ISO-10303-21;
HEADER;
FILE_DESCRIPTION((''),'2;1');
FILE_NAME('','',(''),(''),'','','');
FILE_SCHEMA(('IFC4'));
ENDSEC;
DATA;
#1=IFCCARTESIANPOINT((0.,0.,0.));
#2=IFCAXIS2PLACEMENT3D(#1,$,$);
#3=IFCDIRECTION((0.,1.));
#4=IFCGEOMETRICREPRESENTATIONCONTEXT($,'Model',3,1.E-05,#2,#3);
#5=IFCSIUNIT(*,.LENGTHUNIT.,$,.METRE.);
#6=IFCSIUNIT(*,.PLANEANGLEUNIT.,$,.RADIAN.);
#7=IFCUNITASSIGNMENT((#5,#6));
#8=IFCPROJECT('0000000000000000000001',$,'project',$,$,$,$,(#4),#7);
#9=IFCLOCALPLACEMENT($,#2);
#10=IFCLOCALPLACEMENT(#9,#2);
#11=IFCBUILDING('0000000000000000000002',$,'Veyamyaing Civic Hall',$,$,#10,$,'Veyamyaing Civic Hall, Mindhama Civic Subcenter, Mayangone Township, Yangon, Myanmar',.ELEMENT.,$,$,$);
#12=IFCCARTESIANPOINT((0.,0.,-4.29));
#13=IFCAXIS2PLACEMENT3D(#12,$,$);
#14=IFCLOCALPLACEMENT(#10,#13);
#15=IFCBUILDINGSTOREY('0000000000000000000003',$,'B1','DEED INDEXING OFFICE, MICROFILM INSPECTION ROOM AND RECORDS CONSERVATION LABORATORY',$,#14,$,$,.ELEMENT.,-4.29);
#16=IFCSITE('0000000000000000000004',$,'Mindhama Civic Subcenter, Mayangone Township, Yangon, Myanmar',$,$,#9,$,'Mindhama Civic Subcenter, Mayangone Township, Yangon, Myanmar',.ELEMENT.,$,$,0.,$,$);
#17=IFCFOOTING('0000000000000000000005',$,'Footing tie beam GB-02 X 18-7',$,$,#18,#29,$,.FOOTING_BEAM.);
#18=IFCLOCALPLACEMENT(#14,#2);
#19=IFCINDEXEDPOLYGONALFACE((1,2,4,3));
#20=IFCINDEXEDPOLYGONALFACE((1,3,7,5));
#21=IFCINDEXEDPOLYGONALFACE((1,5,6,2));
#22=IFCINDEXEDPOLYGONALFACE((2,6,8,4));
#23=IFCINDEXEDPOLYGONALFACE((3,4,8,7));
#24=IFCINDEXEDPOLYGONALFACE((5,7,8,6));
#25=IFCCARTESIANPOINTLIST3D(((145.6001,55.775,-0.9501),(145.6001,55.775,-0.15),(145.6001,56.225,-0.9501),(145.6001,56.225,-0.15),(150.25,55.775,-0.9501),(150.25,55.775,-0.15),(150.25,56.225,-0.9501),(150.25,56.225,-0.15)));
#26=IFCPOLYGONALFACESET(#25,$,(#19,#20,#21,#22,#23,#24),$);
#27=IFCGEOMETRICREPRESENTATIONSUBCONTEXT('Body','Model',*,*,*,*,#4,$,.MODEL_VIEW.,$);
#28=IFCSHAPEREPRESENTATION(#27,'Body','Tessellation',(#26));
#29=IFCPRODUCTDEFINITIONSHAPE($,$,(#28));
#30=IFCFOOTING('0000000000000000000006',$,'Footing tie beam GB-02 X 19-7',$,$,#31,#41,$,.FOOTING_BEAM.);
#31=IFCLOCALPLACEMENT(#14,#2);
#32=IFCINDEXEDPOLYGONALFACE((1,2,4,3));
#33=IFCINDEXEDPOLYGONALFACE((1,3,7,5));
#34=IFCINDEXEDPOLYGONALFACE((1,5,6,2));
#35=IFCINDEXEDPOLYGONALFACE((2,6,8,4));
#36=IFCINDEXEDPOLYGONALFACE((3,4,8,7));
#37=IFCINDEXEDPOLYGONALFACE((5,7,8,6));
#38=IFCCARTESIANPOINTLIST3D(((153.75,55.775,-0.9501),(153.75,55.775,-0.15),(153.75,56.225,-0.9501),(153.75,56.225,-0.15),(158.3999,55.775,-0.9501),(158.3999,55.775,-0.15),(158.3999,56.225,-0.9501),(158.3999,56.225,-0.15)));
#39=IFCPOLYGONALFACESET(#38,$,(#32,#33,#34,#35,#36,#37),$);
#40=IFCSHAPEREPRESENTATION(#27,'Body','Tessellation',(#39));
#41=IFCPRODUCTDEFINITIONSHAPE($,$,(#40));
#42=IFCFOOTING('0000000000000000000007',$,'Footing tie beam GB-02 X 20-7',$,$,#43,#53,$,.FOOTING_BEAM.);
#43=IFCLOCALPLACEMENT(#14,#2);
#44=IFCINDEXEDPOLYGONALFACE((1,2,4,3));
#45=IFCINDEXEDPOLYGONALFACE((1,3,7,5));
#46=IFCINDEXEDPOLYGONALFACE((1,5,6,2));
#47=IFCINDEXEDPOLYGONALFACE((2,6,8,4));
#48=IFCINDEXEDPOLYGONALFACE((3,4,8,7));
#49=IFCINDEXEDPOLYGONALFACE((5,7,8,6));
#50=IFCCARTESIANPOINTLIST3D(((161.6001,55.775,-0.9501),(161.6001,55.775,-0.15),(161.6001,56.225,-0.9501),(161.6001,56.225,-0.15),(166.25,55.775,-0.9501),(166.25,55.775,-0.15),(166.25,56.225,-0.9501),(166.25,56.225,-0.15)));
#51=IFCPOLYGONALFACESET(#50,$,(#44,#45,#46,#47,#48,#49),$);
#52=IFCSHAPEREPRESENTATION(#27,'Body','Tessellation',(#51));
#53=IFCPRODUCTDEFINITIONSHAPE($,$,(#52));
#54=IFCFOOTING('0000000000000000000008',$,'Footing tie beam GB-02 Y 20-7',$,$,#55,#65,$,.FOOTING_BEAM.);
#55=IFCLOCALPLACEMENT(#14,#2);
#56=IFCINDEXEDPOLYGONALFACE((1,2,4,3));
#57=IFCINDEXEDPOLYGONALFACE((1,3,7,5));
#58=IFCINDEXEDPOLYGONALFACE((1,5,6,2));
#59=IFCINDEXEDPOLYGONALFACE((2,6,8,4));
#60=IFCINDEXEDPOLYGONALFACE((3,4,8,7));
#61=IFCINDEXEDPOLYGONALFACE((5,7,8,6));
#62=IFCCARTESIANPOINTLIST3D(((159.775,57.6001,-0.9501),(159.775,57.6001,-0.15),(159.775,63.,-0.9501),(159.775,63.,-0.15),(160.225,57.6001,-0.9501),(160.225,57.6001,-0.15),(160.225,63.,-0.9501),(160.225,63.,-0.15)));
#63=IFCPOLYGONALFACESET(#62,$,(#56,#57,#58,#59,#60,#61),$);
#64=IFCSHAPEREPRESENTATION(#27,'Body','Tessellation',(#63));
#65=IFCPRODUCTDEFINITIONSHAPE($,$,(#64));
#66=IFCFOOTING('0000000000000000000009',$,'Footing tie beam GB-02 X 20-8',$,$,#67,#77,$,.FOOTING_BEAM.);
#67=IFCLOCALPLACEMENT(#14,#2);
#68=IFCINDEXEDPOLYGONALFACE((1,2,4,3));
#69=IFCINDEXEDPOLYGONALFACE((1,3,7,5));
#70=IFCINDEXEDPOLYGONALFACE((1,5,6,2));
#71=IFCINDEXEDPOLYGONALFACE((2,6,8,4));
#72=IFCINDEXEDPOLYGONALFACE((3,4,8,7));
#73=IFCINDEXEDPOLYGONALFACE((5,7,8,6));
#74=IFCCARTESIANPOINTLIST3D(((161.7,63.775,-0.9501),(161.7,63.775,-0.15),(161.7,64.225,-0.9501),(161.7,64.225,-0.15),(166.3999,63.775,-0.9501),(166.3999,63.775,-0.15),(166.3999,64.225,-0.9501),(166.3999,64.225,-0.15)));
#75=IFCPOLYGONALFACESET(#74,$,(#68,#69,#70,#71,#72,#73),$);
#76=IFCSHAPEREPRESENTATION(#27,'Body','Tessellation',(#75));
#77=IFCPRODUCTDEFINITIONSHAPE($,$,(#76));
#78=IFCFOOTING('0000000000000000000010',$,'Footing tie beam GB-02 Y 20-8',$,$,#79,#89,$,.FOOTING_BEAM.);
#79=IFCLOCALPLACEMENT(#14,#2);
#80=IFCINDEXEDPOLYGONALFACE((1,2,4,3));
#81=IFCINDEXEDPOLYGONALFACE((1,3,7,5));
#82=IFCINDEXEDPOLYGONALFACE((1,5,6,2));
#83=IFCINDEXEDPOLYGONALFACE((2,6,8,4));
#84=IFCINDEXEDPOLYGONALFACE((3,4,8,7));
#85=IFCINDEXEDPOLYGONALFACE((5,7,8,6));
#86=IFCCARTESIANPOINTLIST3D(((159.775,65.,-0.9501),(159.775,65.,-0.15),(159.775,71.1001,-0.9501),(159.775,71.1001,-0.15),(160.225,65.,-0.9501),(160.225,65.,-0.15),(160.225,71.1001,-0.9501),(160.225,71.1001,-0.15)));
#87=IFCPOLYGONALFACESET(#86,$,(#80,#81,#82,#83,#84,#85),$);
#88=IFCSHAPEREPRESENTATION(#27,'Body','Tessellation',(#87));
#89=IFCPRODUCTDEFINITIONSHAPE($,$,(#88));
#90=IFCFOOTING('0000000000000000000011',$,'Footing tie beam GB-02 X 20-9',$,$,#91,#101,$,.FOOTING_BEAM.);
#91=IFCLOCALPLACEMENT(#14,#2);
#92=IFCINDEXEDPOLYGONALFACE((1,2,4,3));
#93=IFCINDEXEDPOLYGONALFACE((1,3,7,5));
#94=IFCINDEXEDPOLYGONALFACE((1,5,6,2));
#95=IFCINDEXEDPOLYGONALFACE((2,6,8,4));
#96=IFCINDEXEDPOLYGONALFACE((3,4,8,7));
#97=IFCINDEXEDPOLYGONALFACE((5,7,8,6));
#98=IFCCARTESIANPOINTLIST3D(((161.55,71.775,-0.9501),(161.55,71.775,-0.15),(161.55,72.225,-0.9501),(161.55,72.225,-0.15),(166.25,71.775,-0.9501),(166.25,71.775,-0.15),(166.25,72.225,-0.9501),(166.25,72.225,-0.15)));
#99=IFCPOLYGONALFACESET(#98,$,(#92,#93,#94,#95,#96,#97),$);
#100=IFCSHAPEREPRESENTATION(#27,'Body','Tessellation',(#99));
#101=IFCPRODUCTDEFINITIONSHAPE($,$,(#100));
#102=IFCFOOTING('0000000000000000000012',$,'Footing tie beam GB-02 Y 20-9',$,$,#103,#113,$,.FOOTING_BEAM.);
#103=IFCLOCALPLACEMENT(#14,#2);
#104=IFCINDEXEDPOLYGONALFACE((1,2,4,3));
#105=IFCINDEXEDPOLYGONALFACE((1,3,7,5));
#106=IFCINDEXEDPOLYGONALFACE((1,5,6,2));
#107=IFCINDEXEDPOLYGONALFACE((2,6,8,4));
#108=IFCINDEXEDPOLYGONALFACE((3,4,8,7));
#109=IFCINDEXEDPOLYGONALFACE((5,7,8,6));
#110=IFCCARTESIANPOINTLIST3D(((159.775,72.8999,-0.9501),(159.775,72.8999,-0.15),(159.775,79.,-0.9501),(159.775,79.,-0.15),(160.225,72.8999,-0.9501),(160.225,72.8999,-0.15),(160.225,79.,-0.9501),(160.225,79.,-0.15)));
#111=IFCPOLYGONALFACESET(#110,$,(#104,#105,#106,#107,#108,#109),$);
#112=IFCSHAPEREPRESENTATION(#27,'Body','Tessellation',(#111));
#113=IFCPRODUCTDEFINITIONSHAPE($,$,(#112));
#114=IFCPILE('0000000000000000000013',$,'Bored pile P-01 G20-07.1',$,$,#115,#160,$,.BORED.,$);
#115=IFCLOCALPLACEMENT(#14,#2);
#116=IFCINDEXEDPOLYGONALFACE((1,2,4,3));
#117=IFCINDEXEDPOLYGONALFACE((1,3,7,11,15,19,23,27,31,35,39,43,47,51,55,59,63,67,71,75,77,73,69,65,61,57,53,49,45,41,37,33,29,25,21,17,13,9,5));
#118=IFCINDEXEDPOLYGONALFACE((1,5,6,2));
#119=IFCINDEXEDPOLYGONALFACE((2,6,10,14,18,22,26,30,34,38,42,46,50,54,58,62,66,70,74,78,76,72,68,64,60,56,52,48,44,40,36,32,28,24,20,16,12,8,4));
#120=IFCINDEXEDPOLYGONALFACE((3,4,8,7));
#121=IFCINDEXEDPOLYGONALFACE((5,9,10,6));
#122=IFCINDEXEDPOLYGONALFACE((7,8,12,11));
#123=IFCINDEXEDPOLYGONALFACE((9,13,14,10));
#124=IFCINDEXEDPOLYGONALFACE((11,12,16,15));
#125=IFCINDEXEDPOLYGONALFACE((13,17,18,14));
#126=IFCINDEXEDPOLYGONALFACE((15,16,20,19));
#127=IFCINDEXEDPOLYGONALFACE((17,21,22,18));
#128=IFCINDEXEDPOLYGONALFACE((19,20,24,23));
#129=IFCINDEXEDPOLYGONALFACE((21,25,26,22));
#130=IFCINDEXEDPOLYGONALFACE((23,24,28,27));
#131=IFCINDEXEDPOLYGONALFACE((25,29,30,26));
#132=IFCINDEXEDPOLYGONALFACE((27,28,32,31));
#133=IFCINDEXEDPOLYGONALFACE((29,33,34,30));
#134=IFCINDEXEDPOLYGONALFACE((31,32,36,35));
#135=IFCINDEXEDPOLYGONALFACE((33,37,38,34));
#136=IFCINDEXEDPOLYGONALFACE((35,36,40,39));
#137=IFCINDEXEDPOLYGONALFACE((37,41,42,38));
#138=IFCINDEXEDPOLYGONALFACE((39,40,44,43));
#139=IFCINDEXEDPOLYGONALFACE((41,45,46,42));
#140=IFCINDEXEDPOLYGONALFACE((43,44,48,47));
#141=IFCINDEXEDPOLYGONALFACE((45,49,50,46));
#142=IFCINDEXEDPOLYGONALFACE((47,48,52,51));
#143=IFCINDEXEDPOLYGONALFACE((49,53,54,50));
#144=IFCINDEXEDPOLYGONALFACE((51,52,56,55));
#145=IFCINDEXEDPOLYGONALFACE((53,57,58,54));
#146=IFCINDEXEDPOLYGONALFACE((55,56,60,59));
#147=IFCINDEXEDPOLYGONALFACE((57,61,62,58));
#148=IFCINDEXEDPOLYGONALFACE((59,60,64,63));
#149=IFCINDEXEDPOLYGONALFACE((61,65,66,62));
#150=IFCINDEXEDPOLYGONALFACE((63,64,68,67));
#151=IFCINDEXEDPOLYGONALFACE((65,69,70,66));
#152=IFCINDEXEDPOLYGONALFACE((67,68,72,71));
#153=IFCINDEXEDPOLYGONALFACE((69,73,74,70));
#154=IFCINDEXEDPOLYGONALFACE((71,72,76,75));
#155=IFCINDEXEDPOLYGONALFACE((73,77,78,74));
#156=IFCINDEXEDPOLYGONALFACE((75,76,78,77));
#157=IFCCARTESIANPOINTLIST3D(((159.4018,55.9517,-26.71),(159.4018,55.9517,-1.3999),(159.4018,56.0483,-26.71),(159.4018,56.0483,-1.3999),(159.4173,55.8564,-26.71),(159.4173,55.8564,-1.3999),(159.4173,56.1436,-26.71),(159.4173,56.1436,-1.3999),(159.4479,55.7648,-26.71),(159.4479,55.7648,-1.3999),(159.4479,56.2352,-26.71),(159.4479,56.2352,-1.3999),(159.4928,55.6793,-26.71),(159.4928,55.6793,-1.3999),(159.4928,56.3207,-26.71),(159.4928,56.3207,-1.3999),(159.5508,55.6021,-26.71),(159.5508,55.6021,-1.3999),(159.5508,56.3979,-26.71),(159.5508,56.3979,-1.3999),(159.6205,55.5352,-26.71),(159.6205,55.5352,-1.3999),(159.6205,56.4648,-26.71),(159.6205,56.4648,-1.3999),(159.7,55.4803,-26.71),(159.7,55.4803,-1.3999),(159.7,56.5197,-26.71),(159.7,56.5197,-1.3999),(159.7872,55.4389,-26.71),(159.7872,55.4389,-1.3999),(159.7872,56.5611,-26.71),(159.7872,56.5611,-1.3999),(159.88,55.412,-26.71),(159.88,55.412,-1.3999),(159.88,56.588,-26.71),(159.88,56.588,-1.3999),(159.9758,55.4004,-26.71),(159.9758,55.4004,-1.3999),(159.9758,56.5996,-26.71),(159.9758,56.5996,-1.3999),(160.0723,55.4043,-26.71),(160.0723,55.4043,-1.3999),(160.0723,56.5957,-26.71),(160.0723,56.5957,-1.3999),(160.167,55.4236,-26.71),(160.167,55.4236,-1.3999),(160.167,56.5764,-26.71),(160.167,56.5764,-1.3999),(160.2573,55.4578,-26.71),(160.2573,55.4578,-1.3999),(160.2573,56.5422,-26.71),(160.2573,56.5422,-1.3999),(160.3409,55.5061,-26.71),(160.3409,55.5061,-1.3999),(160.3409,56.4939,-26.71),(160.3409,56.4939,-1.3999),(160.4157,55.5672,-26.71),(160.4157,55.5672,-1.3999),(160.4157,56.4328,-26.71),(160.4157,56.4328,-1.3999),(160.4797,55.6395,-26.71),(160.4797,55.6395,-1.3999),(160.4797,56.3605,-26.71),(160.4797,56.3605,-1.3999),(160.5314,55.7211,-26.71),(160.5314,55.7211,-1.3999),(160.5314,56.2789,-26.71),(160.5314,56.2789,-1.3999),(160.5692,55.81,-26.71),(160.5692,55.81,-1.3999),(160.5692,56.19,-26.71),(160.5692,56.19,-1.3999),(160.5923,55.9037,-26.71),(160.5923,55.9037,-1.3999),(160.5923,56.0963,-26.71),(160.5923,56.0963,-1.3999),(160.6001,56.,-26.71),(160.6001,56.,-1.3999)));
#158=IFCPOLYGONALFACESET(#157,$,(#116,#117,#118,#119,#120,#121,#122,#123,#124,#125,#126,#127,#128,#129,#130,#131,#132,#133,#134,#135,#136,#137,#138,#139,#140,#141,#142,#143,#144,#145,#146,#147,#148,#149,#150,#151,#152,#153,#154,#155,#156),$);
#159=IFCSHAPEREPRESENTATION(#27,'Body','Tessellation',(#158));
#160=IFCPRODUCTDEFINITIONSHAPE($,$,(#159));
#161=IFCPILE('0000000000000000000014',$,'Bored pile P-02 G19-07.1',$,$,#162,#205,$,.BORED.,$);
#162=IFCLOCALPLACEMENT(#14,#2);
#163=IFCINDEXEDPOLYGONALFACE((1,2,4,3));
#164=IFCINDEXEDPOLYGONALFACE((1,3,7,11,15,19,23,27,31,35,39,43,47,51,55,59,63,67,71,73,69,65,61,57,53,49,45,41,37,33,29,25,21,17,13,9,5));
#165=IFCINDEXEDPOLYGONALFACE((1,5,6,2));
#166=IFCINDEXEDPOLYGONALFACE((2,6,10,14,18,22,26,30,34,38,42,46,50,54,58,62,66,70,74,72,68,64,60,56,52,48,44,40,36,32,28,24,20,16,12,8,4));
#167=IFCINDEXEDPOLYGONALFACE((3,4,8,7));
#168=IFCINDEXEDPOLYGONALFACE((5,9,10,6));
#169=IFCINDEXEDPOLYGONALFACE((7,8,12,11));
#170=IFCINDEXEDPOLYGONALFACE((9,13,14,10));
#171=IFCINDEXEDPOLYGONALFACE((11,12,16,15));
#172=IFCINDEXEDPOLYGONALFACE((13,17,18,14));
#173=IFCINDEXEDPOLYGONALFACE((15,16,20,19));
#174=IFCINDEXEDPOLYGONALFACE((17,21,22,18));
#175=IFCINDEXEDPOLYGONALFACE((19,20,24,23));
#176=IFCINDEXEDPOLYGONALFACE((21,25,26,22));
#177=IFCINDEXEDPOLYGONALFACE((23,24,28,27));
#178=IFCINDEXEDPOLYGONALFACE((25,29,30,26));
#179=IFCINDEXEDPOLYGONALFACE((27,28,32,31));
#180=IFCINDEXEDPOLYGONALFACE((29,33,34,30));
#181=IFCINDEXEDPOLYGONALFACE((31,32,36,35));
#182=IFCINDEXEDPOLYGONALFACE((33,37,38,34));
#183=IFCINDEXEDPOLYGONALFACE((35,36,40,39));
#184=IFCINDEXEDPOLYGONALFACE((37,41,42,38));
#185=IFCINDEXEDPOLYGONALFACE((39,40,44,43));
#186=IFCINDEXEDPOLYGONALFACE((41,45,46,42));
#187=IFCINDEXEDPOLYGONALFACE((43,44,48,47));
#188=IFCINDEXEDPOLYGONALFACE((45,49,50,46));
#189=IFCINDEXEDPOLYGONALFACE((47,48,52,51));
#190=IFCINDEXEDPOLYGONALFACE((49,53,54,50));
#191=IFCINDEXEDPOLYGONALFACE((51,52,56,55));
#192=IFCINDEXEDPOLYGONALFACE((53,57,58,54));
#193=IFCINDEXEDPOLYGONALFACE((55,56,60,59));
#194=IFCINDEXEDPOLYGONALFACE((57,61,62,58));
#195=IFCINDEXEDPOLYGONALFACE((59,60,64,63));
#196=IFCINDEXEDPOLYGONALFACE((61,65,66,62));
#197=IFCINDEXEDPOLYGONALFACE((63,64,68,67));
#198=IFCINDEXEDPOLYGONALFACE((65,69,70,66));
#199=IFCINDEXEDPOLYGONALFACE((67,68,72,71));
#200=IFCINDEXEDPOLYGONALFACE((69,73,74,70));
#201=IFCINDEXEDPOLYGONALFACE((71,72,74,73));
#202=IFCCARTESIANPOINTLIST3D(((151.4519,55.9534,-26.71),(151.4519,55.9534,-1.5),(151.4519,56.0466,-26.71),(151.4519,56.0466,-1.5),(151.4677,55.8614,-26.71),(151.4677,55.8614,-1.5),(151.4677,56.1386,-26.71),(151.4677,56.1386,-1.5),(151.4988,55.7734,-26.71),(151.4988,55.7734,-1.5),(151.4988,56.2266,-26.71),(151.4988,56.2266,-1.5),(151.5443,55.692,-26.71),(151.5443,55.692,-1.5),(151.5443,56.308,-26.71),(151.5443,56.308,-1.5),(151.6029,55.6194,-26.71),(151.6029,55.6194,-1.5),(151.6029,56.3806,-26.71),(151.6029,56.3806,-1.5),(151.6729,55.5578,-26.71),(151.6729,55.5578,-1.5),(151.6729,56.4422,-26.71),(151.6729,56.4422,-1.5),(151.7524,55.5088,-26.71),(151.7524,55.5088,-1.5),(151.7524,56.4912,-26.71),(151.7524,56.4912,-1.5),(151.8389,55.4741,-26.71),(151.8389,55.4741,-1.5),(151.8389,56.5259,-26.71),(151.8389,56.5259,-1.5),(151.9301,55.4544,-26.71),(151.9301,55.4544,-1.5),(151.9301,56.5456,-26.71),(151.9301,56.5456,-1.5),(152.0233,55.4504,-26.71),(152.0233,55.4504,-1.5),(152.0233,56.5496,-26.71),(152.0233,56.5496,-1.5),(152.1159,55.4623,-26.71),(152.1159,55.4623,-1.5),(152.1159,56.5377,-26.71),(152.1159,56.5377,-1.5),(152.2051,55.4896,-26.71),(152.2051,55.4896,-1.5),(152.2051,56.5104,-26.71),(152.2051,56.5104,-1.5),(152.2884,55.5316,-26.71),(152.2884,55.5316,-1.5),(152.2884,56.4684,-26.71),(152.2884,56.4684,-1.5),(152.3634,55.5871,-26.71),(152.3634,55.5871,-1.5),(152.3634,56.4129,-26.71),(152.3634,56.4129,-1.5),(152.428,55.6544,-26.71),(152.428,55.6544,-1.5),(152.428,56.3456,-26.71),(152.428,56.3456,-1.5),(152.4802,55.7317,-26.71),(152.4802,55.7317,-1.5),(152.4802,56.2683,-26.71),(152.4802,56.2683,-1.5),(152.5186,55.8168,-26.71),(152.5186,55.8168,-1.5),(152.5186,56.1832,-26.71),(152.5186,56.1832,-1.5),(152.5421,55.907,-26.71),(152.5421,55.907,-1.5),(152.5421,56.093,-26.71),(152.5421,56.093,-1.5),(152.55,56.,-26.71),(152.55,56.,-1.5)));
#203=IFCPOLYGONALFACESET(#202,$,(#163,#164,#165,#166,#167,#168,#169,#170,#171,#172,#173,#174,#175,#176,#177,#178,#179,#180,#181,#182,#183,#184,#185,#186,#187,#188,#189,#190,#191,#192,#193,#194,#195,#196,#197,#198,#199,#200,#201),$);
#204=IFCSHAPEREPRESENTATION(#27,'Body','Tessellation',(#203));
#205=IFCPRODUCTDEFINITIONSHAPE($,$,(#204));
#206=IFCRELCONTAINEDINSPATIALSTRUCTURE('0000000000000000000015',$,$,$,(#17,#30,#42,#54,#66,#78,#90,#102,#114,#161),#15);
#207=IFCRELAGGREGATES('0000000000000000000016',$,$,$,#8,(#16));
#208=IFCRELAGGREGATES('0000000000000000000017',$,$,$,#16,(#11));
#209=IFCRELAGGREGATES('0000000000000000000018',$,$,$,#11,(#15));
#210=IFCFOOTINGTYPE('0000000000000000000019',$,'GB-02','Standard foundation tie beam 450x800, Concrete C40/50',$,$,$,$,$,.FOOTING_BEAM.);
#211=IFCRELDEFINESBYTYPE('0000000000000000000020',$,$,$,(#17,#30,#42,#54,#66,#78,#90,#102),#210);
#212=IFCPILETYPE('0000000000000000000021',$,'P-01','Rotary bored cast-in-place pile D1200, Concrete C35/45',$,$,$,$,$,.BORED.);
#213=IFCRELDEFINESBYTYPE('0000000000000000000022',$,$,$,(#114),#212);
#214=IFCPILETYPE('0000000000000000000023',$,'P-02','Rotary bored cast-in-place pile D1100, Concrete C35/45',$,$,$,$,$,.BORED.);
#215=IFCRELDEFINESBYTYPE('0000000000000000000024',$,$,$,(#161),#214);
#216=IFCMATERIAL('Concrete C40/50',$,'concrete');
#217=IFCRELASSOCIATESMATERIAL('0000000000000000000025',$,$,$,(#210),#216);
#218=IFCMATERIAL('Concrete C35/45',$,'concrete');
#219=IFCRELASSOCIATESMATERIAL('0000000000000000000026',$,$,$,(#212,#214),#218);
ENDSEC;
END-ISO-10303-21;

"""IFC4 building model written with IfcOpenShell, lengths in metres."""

from ifc_helpers import new_model, si_unit, direction, frame, origin, origin_2d, place, context, subcontext, project, spatial, rectangle, circle, extrude, material, material_profile, profile_set, type_object, element, save


model = new_model("IFC4")

# Units and contexts
model_context = context("Model", 3, precision=1e-05, world=origin(), true_north=direction((0.0, 1.0)))
body_context = subcontext(model_context, "Body", "Model", "MODEL_VIEW")
ifc_project = project(units=[si_unit("LENGTHUNIT", "METRE"), si_unit("PLANEANGLEUNIT", "RADIAN")], contexts=[model_context])

# Site, building, storey
site_placement = place(None, origin())
site = spatial("IfcSite", under=ifc_project, at=site_placement, Name="Mindhama Civic Subcenter, Mayangone Township, Yangon, Myanmar", LongName="Mindhama Civic Subcenter, Mayangone Township, Yangon, Myanmar", CompositionType="ELEMENT", RefElevation=0.0)
building_placement = place(site_placement, origin())
building = spatial("IfcBuilding", under=site, at=building_placement, Name="Veyamyaing Civic Hall", LongName="Veyamyaing Civic Hall, Mindhama Civic Subcenter, Mayangone Township, Yangon, Myanmar", CompositionType="ELEMENT")
storey_placement = place(building_placement, frame((0.0, 0.0, -4.29)))
storey = spatial("IfcBuildingStorey", under=building, at=storey_placement, Name="B1", Description="DEED INDEXING OFFICE, MICROFILM INSPECTION ROOM AND RECORDS CONSERVATION LABORATORY", CompositionType="ELEMENT", Elevation=-4.29)

# Footings
ifc_material_1 = material(Name="Concrete C40/50", Category="concrete")
ifc_material_profile_1 = material_profile(ifc_material_1, rectangle(XDim=0.45, YDim=0.8, at=origin_2d()), Name="GB-450X800")
ifc_profile_set_1 = profile_set([ifc_material_profile_1], Name="Concrete C40/50")
footing_type_1 = type_object("IfcFootingType", Name="GB-02", Description="Standard foundation tie beam 450x800, Concrete C40/50", PredefinedType="FOOTING_BEAM", material=ifc_profile_set_1)
for number, where, z_axis, x_axis, name in (
    (1, (145.6001, 56.0, -0.55), (1.0, 0.0, 0.0), (0.0, 1.0, 0.0), "Footing tie beam GB-02 X 18-7"),
    (2, (153.75, 56.0, -0.55), (1.0, 0.0, 0.0), (0.0, 1.0, 0.0), "Footing tie beam GB-02 X 19-7"),
    (3, (161.6001, 56.0, -0.55), (1.0, 0.0, 0.0), (0.0, 1.0, 0.0), "Footing tie beam GB-02 X 20-7"),
):
    element("IfcFooting", number, at=place(storey_placement, frame(where, z_axis=z_axis, x_axis=x_axis)), inside=storey, type_object=footing_type_1, Name=name, PredefinedType="FOOTING_BEAM", context=body_context, shape_type="SweptSolid", body=[
        extrude(rectangle(XDim=0.45, YDim=0.8, at=origin_2d()), origin(), (0.0, 0.0, 1.0), 4.6499),
    ])
footing_1_placement = place(storey_placement, frame((160.0, 57.6001, -0.55), z_axis=(0.0, 1.0, 0.0), x_axis=(-1.0, 0.0, 0.0)))
element("IfcFooting", 4, at=footing_1_placement, inside=storey, type_object=footing_type_1, Name="Footing tie beam GB-02 Y 20-7", PredefinedType="FOOTING_BEAM", context=body_context, shape_type="SweptSolid", body=[
    extrude(rectangle(XDim=0.45, YDim=0.8, at=origin_2d()), origin(), (0.0, 0.0, 1.0), 5.3999),
])
footing_2_placement = place(storey_placement, frame((161.7, 64.0, -0.55), z_axis=(1.0, 0.0, 0.0), x_axis=(0.0, 1.0, 0.0)))
element("IfcFooting", 5, at=footing_2_placement, inside=storey, type_object=footing_type_1, Name="Footing tie beam GB-02 X 20-8", PredefinedType="FOOTING_BEAM", context=body_context, shape_type="SweptSolid", body=[
    extrude(rectangle(XDim=0.45, YDim=0.8, at=origin_2d()), origin(), (0.0, 0.0, 1.0), 4.7),
])
footing_3_placement = place(storey_placement, frame((160.0, 65.0, -0.55), z_axis=(0.0, 1.0, 0.0), x_axis=(-1.0, 0.0, 0.0)))
element("IfcFooting", 6, at=footing_3_placement, inside=storey, type_object=footing_type_1, Name="Footing tie beam GB-02 Y 20-8", PredefinedType="FOOTING_BEAM", context=body_context, shape_type="SweptSolid", body=[
    extrude(rectangle(XDim=0.45, YDim=0.8, at=origin_2d()), origin(), (0.0, 0.0, 1.0), 6.1001),
])
footing_4_placement = place(storey_placement, frame((161.55, 72.0, -0.55), z_axis=(1.0, 0.0, 0.0), x_axis=(0.0, 1.0, 0.0)))
element("IfcFooting", 7, at=footing_4_placement, inside=storey, type_object=footing_type_1, Name="Footing tie beam GB-02 X 20-9", PredefinedType="FOOTING_BEAM", context=body_context, shape_type="SweptSolid", body=[
    extrude(rectangle(XDim=0.45, YDim=0.8, at=origin_2d()), origin(), (0.0, 0.0, 1.0), 4.7),
])
footing_5_placement = place(storey_placement, frame((160.0, 72.8999, -0.55), z_axis=(0.0, 1.0, 0.0), x_axis=(-1.0, 0.0, 0.0)))
element("IfcFooting", 8, at=footing_5_placement, inside=storey, type_object=footing_type_1, Name="Footing tie beam GB-02 Y 20-9", PredefinedType="FOOTING_BEAM", context=body_context, shape_type="SweptSolid", body=[
    extrude(rectangle(XDim=0.45, YDim=0.8, at=origin_2d()), origin(), (0.0, 0.0, 1.0), 6.1001),
])

# Piles
ifc_material_2 = material(Name="Concrete C35/45", Category="concrete")
ifc_material_profile_2 = material_profile(ifc_material_2, circle(Radius=0.6001, at=origin_2d()), Name="PILE-D1200")
ifc_profile_set_2 = profile_set([ifc_material_profile_2], Name="Concrete C35/45")
pile_type_1 = type_object("IfcPileType", Name="P-01", Description="Rotary bored cast-in-place pile D1200, Concrete C35/45", PredefinedType="BORED", material=ifc_profile_set_2)
pile_1_placement = place(storey_placement, frame((160.0, 56.0, -1.3999), z_axis=(0.0, 0.0, -1.0), x_axis=(1.0, 0.0, 0.0)))
element("IfcPile", 9, at=pile_1_placement, inside=storey, type_object=pile_type_1, Name="Bored pile P-01 G20-07.1", PredefinedType="BORED", context=body_context, shape_type="SweptSolid", body=[
    extrude(circle(Radius=0.6001, at=origin_2d()), origin(), (0.0, 0.0, 1.0), 25.3101),
])
ifc_material_profile_3 = material_profile(ifc_material_2, circle(Radius=0.55, at=origin_2d()), Name="PILE-D1100")
ifc_profile_set_3 = profile_set([ifc_material_profile_3], Name="Concrete C35/45")
pile_type_2 = type_object("IfcPileType", Name="P-02", Description="Rotary bored cast-in-place pile D1100, Concrete C35/45", PredefinedType="BORED", material=ifc_profile_set_3)
pile_2_placement = place(storey_placement, frame((152.0, 56.0, -1.5), z_axis=(0.0, 0.0, -1.0), x_axis=(1.0, 0.0, 0.0)))
element("IfcPile", 10, at=pile_2_placement, inside=storey, type_object=pile_type_2, Name="Bored pile P-02 G19-07.1", PredefinedType="BORED", context=body_context, shape_type="SweptSolid", body=[
    extrude(circle(Radius=0.55, at=origin_2d()), origin(), (0.0, 0.0, 1.0), 25.21),
])

save(model, "model.ifc")
